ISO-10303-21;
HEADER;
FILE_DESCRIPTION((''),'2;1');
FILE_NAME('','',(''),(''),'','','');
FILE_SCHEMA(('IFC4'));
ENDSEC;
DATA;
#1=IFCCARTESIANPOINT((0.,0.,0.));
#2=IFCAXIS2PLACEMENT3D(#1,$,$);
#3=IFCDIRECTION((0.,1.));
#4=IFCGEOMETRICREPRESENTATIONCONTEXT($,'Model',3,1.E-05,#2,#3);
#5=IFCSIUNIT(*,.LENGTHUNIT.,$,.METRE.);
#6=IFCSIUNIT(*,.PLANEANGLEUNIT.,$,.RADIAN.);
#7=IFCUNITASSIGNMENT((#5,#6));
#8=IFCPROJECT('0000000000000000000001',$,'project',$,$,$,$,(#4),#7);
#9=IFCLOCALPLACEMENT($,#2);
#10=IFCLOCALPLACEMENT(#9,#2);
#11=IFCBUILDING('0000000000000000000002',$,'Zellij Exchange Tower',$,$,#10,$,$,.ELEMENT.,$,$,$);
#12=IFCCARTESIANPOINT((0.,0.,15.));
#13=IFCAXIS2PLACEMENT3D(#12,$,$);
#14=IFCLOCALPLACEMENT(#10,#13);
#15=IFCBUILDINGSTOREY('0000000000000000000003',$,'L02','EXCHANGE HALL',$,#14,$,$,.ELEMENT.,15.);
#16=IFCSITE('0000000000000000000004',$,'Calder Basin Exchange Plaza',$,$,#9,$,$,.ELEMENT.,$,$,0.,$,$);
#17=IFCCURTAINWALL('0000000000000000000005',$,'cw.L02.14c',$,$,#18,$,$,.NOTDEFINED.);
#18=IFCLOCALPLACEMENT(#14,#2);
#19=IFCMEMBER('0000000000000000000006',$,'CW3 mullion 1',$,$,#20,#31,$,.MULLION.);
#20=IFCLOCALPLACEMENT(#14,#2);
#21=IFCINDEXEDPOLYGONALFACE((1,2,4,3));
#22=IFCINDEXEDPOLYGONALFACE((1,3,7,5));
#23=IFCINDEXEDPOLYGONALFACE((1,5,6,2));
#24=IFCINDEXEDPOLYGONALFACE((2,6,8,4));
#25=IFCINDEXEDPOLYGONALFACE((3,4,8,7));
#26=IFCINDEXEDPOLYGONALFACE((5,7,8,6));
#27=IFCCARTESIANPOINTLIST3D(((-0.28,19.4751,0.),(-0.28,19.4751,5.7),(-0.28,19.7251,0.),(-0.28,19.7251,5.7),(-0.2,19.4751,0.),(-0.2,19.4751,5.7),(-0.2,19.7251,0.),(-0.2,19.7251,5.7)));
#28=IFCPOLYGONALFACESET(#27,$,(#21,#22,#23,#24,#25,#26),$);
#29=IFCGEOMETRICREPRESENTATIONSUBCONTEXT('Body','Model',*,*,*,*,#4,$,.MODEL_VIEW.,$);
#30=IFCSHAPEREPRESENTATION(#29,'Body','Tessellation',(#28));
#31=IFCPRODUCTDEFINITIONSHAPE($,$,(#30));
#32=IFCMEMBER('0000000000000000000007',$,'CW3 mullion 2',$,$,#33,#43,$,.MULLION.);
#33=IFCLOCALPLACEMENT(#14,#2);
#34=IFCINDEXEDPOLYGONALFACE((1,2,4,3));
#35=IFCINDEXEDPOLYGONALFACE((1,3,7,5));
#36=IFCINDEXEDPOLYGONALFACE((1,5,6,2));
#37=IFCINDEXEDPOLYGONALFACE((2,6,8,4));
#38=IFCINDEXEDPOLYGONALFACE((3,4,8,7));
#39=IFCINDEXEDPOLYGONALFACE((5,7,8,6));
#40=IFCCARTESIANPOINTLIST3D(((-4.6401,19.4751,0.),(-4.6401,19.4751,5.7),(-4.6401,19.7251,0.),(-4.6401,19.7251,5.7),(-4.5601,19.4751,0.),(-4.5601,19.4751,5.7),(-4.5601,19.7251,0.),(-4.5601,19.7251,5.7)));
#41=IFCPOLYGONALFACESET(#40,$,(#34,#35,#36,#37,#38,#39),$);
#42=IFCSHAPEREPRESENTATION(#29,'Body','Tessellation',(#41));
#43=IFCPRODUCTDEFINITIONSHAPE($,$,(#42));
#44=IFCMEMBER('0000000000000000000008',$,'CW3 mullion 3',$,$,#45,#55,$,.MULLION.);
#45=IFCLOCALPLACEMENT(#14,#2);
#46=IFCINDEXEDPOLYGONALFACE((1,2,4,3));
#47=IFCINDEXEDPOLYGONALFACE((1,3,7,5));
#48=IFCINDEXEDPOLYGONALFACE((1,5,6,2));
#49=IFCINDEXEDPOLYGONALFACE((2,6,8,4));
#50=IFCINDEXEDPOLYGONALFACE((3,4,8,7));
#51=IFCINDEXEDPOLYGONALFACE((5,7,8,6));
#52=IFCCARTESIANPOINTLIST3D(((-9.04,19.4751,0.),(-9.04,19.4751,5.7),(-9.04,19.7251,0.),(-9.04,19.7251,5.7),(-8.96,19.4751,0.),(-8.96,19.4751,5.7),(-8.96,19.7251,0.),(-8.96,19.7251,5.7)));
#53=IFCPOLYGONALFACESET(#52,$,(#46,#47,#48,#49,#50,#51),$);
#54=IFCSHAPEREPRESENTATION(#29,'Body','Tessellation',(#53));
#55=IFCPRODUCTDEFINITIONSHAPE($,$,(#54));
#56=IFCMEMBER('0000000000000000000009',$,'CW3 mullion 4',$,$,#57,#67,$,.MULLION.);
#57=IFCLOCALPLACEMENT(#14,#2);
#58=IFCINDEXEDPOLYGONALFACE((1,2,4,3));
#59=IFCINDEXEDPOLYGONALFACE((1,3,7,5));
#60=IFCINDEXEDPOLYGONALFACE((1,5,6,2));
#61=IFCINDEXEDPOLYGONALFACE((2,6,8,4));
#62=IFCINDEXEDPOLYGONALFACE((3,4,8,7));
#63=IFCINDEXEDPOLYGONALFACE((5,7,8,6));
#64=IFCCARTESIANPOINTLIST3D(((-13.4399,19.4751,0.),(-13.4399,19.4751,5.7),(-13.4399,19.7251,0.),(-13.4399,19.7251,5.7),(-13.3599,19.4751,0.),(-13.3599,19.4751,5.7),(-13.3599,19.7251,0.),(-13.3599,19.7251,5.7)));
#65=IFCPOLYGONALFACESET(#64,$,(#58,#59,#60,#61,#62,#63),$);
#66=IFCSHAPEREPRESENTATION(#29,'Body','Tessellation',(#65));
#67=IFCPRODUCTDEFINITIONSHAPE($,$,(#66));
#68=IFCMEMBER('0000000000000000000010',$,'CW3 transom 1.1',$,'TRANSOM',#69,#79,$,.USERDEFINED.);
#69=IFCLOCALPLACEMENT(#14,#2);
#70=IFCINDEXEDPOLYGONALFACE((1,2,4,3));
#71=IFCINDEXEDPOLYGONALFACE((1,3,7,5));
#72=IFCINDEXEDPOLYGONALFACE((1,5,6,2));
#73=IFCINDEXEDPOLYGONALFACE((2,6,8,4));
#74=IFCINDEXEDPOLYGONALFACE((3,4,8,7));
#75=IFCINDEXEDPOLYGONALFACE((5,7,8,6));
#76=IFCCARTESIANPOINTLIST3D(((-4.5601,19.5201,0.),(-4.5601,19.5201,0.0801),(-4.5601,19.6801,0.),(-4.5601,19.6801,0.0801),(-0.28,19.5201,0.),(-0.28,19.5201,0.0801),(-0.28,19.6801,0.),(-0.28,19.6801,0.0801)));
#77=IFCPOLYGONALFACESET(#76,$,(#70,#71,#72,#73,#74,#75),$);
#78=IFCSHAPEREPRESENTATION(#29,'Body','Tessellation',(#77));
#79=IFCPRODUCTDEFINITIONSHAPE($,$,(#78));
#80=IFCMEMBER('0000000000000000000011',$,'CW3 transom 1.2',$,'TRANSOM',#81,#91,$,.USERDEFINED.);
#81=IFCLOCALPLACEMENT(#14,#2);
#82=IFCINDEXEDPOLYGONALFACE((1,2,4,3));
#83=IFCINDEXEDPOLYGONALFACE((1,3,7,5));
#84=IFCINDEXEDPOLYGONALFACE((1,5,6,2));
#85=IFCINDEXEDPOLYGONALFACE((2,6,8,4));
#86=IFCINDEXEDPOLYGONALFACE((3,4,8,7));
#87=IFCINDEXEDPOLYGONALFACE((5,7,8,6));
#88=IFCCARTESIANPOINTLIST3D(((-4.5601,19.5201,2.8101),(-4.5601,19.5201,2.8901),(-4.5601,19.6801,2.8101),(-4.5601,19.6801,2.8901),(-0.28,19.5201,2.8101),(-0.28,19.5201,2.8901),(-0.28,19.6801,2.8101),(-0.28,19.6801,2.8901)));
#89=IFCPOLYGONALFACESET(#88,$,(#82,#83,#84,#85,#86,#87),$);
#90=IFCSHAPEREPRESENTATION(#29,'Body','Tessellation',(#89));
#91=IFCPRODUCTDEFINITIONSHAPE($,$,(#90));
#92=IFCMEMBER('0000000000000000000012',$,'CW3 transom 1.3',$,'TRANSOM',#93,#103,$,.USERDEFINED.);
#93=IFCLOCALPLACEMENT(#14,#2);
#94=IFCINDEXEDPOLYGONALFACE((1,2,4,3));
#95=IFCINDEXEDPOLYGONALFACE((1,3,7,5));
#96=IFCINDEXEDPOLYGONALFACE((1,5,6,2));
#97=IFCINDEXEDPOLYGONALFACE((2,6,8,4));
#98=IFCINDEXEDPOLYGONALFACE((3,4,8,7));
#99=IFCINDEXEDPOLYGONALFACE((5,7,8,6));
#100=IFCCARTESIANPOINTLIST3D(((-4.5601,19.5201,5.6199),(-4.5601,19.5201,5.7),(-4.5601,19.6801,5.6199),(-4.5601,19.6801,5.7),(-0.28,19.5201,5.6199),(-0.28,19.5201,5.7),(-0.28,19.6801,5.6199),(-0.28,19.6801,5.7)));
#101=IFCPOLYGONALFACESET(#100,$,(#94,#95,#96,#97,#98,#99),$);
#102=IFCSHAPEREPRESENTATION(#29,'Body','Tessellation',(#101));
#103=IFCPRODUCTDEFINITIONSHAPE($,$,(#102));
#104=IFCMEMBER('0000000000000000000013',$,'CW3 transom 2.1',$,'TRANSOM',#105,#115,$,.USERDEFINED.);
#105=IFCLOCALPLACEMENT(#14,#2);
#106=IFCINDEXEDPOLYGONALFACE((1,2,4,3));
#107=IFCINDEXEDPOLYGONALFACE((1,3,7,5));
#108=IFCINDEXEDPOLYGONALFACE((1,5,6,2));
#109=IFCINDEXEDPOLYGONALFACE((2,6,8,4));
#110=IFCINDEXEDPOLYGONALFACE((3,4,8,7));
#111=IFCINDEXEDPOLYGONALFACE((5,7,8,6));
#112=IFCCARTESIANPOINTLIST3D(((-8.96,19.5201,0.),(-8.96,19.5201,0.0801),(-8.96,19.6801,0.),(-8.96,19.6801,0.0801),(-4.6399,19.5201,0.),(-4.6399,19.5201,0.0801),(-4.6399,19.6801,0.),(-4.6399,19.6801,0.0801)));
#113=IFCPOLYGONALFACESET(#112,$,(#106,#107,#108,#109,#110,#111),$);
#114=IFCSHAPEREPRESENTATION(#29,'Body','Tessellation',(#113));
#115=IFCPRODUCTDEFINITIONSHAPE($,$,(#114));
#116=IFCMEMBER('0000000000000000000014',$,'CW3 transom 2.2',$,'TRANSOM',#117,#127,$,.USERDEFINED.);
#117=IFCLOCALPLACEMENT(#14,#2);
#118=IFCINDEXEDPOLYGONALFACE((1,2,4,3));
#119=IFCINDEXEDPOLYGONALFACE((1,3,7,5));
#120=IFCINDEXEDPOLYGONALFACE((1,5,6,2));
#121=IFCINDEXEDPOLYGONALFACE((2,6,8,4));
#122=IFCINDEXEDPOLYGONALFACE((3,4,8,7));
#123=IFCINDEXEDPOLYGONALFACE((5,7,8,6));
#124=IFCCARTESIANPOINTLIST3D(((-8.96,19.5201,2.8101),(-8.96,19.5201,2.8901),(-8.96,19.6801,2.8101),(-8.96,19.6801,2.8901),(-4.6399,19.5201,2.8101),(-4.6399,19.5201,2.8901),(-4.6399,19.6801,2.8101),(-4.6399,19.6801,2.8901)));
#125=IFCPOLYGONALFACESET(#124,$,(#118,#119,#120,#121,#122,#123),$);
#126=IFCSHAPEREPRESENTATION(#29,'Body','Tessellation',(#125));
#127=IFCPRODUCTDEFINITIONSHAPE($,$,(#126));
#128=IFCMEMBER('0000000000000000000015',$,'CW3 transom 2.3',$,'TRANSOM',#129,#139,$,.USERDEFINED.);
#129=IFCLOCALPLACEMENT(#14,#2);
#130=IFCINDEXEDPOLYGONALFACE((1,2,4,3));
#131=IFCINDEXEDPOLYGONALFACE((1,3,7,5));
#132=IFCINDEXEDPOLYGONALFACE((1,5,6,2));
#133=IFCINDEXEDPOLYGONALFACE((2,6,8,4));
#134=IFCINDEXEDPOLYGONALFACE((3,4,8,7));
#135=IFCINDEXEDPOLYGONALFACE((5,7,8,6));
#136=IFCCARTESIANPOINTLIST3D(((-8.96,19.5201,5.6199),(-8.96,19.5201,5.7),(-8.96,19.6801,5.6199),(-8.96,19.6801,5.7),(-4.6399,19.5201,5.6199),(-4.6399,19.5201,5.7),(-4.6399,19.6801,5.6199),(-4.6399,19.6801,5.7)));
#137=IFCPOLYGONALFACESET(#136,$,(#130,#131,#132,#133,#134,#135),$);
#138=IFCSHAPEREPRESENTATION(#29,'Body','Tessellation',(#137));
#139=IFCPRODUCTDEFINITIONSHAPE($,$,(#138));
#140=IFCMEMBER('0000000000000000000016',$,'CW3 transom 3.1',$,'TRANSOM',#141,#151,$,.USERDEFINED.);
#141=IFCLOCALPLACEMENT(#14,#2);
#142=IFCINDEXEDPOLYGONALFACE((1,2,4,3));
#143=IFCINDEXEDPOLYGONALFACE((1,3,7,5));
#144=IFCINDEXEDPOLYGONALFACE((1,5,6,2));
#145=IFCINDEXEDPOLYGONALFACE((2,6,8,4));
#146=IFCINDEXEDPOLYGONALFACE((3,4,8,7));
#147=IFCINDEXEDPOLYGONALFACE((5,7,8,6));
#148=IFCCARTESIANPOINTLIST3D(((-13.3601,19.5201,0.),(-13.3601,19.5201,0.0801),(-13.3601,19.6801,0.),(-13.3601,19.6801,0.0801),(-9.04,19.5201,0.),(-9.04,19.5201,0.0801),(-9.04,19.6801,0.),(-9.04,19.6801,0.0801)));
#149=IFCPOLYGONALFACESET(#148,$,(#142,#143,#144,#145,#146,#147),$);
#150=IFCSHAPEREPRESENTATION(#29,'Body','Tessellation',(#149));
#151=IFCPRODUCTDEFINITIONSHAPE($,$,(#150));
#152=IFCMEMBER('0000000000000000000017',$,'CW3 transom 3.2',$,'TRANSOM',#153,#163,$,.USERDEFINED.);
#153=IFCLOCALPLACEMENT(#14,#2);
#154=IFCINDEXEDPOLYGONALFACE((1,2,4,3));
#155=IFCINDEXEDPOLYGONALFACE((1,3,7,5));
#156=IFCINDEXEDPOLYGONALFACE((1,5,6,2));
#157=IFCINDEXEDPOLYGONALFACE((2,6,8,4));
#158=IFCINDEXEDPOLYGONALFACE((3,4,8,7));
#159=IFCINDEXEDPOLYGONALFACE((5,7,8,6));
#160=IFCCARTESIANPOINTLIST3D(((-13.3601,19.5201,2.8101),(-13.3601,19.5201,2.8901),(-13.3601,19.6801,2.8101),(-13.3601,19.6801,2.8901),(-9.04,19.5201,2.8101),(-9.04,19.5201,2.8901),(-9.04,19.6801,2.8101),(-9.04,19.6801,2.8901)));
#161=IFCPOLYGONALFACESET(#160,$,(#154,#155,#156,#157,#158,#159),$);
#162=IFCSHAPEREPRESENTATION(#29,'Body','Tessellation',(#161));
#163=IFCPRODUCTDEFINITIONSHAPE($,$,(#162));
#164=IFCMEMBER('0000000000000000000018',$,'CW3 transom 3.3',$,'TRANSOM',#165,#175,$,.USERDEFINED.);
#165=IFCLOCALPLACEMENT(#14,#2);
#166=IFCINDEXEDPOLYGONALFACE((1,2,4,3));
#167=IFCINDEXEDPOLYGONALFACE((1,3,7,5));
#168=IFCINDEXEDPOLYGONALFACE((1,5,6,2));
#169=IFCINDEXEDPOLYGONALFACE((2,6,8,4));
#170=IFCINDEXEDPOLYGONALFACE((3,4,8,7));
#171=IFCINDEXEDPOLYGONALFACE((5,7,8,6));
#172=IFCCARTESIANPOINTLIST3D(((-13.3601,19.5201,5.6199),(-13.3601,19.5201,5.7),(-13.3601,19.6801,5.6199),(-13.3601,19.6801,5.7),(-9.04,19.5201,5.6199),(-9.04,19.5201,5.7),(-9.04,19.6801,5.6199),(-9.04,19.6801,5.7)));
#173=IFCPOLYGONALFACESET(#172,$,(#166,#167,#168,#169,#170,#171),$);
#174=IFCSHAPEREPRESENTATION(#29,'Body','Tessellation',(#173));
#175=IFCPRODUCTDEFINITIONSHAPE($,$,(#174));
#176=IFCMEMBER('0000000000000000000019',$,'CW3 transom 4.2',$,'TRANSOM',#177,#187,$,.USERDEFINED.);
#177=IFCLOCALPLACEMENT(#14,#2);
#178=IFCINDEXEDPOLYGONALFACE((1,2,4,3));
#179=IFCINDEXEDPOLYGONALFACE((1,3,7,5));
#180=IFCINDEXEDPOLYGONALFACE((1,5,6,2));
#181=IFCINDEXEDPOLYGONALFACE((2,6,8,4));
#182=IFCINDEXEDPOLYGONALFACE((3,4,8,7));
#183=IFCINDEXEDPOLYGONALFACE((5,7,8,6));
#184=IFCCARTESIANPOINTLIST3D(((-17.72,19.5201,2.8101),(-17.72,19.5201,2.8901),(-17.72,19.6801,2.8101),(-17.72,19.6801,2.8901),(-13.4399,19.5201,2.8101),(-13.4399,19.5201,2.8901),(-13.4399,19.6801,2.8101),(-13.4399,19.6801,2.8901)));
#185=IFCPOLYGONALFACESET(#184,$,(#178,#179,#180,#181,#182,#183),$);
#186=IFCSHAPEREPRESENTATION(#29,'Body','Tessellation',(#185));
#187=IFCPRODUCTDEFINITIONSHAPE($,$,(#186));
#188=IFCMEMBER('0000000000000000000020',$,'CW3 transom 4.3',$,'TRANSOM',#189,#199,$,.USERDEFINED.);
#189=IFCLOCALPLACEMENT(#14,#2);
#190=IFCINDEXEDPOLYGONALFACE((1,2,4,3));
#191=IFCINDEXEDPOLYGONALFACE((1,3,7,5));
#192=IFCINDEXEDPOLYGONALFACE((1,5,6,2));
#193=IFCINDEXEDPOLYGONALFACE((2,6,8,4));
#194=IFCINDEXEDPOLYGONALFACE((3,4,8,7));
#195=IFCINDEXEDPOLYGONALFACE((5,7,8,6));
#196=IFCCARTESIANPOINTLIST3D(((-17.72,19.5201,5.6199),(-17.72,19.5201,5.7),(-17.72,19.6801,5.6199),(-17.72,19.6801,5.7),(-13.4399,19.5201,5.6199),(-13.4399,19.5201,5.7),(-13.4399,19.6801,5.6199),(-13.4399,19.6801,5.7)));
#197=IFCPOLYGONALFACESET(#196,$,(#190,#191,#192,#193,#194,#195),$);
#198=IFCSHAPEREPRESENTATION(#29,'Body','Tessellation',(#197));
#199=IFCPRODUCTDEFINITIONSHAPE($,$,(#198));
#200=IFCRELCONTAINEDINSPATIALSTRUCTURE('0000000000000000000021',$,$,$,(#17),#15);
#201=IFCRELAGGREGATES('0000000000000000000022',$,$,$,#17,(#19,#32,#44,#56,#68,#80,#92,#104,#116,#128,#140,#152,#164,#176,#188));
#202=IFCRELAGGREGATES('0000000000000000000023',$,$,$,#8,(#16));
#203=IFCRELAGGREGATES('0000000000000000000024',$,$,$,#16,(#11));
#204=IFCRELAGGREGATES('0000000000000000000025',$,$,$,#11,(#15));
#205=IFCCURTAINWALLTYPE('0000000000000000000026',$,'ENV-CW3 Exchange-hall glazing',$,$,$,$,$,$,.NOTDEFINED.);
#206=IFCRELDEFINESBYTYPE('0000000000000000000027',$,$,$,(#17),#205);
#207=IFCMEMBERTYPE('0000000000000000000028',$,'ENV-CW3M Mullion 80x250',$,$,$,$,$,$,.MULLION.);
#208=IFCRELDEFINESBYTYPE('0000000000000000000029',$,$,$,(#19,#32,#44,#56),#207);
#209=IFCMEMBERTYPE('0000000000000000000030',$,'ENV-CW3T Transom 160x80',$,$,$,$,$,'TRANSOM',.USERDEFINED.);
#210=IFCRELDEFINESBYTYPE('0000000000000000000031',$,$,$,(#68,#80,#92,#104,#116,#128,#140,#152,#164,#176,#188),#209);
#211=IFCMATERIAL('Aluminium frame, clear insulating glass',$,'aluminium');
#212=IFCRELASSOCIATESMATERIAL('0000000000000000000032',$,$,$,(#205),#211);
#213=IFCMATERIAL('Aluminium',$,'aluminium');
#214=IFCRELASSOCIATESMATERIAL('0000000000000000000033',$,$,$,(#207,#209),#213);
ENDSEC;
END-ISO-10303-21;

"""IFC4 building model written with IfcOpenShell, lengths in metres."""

from ifc_helpers import new_model, si_unit, direction, frame, origin, origin_2d, place, context, subcontext, project, spatial, rectangle, extrude, material, material_profile, profile_set, type_object, element, aggregate, save


model = new_model("IFC4")

# Units and contexts
model_context = context("Model", 3, precision=1e-05, world=origin(), true_north=direction((0.0, 1.0)))
body_context = subcontext(model_context, "Body", "Model", "MODEL_VIEW")
ifc_project = project(units=[si_unit("LENGTHUNIT", "METRE"), si_unit("PLANEANGLEUNIT", "RADIAN")], contexts=[model_context])

# Site, building, storey
site_placement = place(None, origin())
site = spatial("IfcSite", under=ifc_project, at=site_placement, Name="Calder Basin Exchange Plaza", CompositionType="ELEMENT", RefElevation=0.0)
building_placement = place(site_placement, origin())
building = spatial("IfcBuilding", under=site, at=building_placement, Name="Zellij Exchange Tower", CompositionType="ELEMENT")
storey_placement = place(building_placement, frame((0.0, 0.0, 15.0)))
storey = spatial("IfcBuildingStorey", under=building, at=storey_placement, Name="L02", Description="EXCHANGE HALL", CompositionType="ELEMENT", Elevation=15.0)

# Curtain wall, members
ifc_material_1 = material(Name="Aluminium frame, clear insulating glass", Category="aluminium")
curtain_wall_type = type_object("IfcCurtainWallType", Name="ENV-CW3 Exchange-hall glazing", PredefinedType="NOTDEFINED", material=ifc_material_1)
curtain_wall_placement = place(storey_placement, origin())
curtain_wall = element("IfcCurtainWall", 1, at=curtain_wall_placement, inside=storey, type_object=curtain_wall_type, Name="cw.L02.14c", PredefinedType="NOTDEFINED")
ifc_material_2 = material(Name="Aluminium", Category="aluminium")
ifc_material_profile_1 = material_profile(ifc_material_2, rectangle(XDim=0.0801, YDim=0.25, at=origin_2d()), Name="AL 80x250")
ifc_profile_set_1 = profile_set([ifc_material_profile_1], Name="Aluminium")
member_type_1 = type_object("IfcMemberType", Name="ENV-CW3M Mullion 80x250", PredefinedType="MULLION", material=ifc_profile_set_1)
member_1_placement = place(storey_placement, frame((-0.24, 19.6001, 0.0), z_axis=(0.0, 0.0, 1.0), x_axis=(-1.0, 0.0, 0.0)))
member_1 = element("IfcMember", 2, at=member_1_placement, type_object=member_type_1, Name="CW3 mullion 1", PredefinedType="MULLION", context=body_context, shape_type="SweptSolid", body=[
    extrude(rectangle(XDim=0.0801, YDim=0.25, at=origin_2d()), origin(), (0.0, 0.0, 1.0), 5.7),
])
member_2_placement = place(storey_placement, frame((-4.6001, 19.6001, 0.0), z_axis=(0.0, 0.0, 1.0), x_axis=(-1.0, 0.0, 0.0)))
member_2 = element("IfcMember", 3, at=member_2_placement, type_object=member_type_1, Name="CW3 mullion 2", PredefinedType="MULLION", context=body_context, shape_type="SweptSolid", body=[
    extrude(rectangle(XDim=0.0801, YDim=0.25, at=origin_2d()), origin(), (0.0, 0.0, 1.0), 5.7),
])
member_3_placement = place(storey_placement, frame((-9.0, 19.6001, 0.0), z_axis=(0.0, 0.0, 1.0), x_axis=(-1.0, 0.0, 0.0)))
member_3 = element("IfcMember", 4, at=member_3_placement, type_object=member_type_1, Name="CW3 mullion 3", PredefinedType="MULLION", context=body_context, shape_type="SweptSolid", body=[
    extrude(rectangle(XDim=0.0801, YDim=0.25, at=origin_2d()), origin(), (0.0, 0.0, 1.0), 5.7),
])
member_4_placement = place(storey_placement, frame((-13.3999, 19.6001, 0.0), z_axis=(0.0, 0.0, 1.0), x_axis=(-1.0, 0.0, 0.0)))
member_4 = element("IfcMember", 5, at=member_4_placement, type_object=member_type_1, Name="CW3 mullion 4", PredefinedType="MULLION", context=body_context, shape_type="SweptSolid", body=[
    extrude(rectangle(XDim=0.0801, YDim=0.25, at=origin_2d()), origin(), (0.0, 0.0, 1.0), 5.7),
])
ifc_material_profile_2 = material_profile(ifc_material_2, rectangle(XDim=0.1599, YDim=0.0801, at=origin_2d()), Name="AL 160x80")
ifc_profile_set_2 = profile_set([ifc_material_profile_2], Name="Aluminium")
member_type_2 = type_object("IfcMemberType", Name="ENV-CW3T Transom 160x80", ElementType="TRANSOM", PredefinedType="USERDEFINED", material=ifc_profile_set_2)
member_5_placement = place(storey_placement, frame((-0.28, 19.6001, 0.04), z_axis=(-1.0, 0.0, 0.0), x_axis=(0.0, -1.0, 0.0)))
member_5 = element("IfcMember", 6, at=member_5_placement, type_object=member_type_2, Name="CW3 transom 1.1", ObjectType="TRANSOM", PredefinedType="USERDEFINED", context=body_context, shape_type="SweptSolid", body=[
    extrude(rectangle(XDim=0.1599, YDim=0.0801, at=origin_2d()), origin(), (0.0, 0.0, 1.0), 4.28),
])
member_6_placement = place(storey_placement, frame((-0.28, 19.6001, 2.8501), z_axis=(-1.0, 0.0, 0.0), x_axis=(0.0, -1.0, 0.0)))
member_6 = element("IfcMember", 7, at=member_6_placement, type_object=member_type_2, Name="CW3 transom 1.2", ObjectType="TRANSOM", PredefinedType="USERDEFINED", context=body_context, shape_type="SweptSolid", body=[
    extrude(rectangle(XDim=0.1599, YDim=0.0801, at=origin_2d()), origin(), (0.0, 0.0, 1.0), 4.28),
])
member_7_placement = place(storey_placement, frame((-0.28, 19.6001, 5.6599), z_axis=(-1.0, 0.0, 0.0), x_axis=(0.0, -1.0, 0.0)))
member_7 = element("IfcMember", 8, at=member_7_placement, type_object=member_type_2, Name="CW3 transom 1.3", ObjectType="TRANSOM", PredefinedType="USERDEFINED", context=body_context, shape_type="SweptSolid", body=[
    extrude(rectangle(XDim=0.1599, YDim=0.0801, at=origin_2d()), origin(), (0.0, 0.0, 1.0), 4.28),
])
member_8_placement = place(storey_placement, frame((-4.6399, 19.6001, 0.04), z_axis=(-1.0, 0.0, 0.0), x_axis=(0.0, -1.0, 0.0)))
member_8 = element("IfcMember", 9, at=member_8_placement, type_object=member_type_2, Name="CW3 transom 2.1", ObjectType="TRANSOM", PredefinedType="USERDEFINED", context=body_context, shape_type="SweptSolid", body=[
    extrude(rectangle(XDim=0.1599, YDim=0.0801, at=origin_2d()), origin(), (0.0, 0.0, 1.0), 4.3201),
])
member_9_placement = place(storey_placement, frame((-4.6399, 19.6001, 2.8501), z_axis=(-1.0, 0.0, 0.0), x_axis=(0.0, -1.0, 0.0)))
member_9 = element("IfcMember", 10, at=member_9_placement, type_object=member_type_2, Name="CW3 transom 2.2", ObjectType="TRANSOM", PredefinedType="USERDEFINED", context=body_context, shape_type="SweptSolid", body=[
    extrude(rectangle(XDim=0.1599, YDim=0.0801, at=origin_2d()), origin(), (0.0, 0.0, 1.0), 4.3201),
])
member_10_placement = place(storey_placement, frame((-4.6399, 19.6001, 5.6599), z_axis=(-1.0, 0.0, 0.0), x_axis=(0.0, -1.0, 0.0)))
member_10 = element("IfcMember", 11, at=member_10_placement, type_object=member_type_2, Name="CW3 transom 2.3", ObjectType="TRANSOM", PredefinedType="USERDEFINED", context=body_context, shape_type="SweptSolid", body=[
    extrude(rectangle(XDim=0.1599, YDim=0.0801, at=origin_2d()), origin(), (0.0, 0.0, 1.0), 4.3201),
])
member_11_placement = place(storey_placement, frame((-9.04, 19.6001, 0.04), z_axis=(-1.0, 0.0, 0.0), x_axis=(0.0, -1.0, 0.0)))
member_11 = element("IfcMember", 12, at=member_11_placement, type_object=member_type_2, Name="CW3 transom 3.1", ObjectType="TRANSOM", PredefinedType="USERDEFINED", context=body_context, shape_type="SweptSolid", body=[
    extrude(rectangle(XDim=0.1599, YDim=0.0801, at=origin_2d()), origin(), (0.0, 0.0, 1.0), 4.3201),
])
member_12_placement = place(storey_placement, frame((-9.04, 19.6001, 2.8501), z_axis=(-1.0, 0.0, 0.0), x_axis=(0.0, -1.0, 0.0)))
member_12 = element("IfcMember", 13, at=member_12_placement, type_object=member_type_2, Name="CW3 transom 3.2", ObjectType="TRANSOM", PredefinedType="USERDEFINED", context=body_context, shape_type="SweptSolid", body=[
    extrude(rectangle(XDim=0.1599, YDim=0.0801, at=origin_2d()), origin(), (0.0, 0.0, 1.0), 4.3201),
])
member_13_placement = place(storey_placement, frame((-9.04, 19.6001, 5.6599), z_axis=(-1.0, 0.0, 0.0), x_axis=(0.0, -1.0, 0.0)))
member_13 = element("IfcMember", 14, at=member_13_placement, type_object=member_type_2, Name="CW3 transom 3.3", ObjectType="TRANSOM", PredefinedType="USERDEFINED", context=body_context, shape_type="SweptSolid", body=[
    extrude(rectangle(XDim=0.1599, YDim=0.0801, at=origin_2d()), origin(), (0.0, 0.0, 1.0), 4.3201),
])
member_14_placement = place(storey_placement, frame((-13.4399, 19.6001, 2.8501), z_axis=(-1.0, 0.0, 0.0), x_axis=(0.0, -1.0, 0.0)))
member_14 = element("IfcMember", 15, at=member_14_placement, type_object=member_type_2, Name="CW3 transom 4.2", ObjectType="TRANSOM", PredefinedType="USERDEFINED", context=body_context, shape_type="SweptSolid", body=[
    extrude(rectangle(XDim=0.1599, YDim=0.0801, at=origin_2d()), origin(), (0.0, 0.0, 1.0), 4.28),
])
member_15_placement = place(storey_placement, frame((-13.4399, 19.6001, 5.6599), z_axis=(-1.0, 0.0, 0.0), x_axis=(0.0, -1.0, 0.0)))
member_15 = element("IfcMember", 16, at=member_15_placement, type_object=member_type_2, Name="CW3 transom 4.3", ObjectType="TRANSOM", PredefinedType="USERDEFINED", context=body_context, shape_type="SweptSolid", body=[
    extrude(rectangle(XDim=0.1599, YDim=0.0801, at=origin_2d()), origin(), (0.0, 0.0, 1.0), 4.28),
])
aggregate(curtain_wall, [member_1, member_2, member_3, member_4, member_5, member_6, member_7, member_8, member_9, member_10, member_11, member_12, member_13, member_14, member_15])

save(model, "model.ifc")
